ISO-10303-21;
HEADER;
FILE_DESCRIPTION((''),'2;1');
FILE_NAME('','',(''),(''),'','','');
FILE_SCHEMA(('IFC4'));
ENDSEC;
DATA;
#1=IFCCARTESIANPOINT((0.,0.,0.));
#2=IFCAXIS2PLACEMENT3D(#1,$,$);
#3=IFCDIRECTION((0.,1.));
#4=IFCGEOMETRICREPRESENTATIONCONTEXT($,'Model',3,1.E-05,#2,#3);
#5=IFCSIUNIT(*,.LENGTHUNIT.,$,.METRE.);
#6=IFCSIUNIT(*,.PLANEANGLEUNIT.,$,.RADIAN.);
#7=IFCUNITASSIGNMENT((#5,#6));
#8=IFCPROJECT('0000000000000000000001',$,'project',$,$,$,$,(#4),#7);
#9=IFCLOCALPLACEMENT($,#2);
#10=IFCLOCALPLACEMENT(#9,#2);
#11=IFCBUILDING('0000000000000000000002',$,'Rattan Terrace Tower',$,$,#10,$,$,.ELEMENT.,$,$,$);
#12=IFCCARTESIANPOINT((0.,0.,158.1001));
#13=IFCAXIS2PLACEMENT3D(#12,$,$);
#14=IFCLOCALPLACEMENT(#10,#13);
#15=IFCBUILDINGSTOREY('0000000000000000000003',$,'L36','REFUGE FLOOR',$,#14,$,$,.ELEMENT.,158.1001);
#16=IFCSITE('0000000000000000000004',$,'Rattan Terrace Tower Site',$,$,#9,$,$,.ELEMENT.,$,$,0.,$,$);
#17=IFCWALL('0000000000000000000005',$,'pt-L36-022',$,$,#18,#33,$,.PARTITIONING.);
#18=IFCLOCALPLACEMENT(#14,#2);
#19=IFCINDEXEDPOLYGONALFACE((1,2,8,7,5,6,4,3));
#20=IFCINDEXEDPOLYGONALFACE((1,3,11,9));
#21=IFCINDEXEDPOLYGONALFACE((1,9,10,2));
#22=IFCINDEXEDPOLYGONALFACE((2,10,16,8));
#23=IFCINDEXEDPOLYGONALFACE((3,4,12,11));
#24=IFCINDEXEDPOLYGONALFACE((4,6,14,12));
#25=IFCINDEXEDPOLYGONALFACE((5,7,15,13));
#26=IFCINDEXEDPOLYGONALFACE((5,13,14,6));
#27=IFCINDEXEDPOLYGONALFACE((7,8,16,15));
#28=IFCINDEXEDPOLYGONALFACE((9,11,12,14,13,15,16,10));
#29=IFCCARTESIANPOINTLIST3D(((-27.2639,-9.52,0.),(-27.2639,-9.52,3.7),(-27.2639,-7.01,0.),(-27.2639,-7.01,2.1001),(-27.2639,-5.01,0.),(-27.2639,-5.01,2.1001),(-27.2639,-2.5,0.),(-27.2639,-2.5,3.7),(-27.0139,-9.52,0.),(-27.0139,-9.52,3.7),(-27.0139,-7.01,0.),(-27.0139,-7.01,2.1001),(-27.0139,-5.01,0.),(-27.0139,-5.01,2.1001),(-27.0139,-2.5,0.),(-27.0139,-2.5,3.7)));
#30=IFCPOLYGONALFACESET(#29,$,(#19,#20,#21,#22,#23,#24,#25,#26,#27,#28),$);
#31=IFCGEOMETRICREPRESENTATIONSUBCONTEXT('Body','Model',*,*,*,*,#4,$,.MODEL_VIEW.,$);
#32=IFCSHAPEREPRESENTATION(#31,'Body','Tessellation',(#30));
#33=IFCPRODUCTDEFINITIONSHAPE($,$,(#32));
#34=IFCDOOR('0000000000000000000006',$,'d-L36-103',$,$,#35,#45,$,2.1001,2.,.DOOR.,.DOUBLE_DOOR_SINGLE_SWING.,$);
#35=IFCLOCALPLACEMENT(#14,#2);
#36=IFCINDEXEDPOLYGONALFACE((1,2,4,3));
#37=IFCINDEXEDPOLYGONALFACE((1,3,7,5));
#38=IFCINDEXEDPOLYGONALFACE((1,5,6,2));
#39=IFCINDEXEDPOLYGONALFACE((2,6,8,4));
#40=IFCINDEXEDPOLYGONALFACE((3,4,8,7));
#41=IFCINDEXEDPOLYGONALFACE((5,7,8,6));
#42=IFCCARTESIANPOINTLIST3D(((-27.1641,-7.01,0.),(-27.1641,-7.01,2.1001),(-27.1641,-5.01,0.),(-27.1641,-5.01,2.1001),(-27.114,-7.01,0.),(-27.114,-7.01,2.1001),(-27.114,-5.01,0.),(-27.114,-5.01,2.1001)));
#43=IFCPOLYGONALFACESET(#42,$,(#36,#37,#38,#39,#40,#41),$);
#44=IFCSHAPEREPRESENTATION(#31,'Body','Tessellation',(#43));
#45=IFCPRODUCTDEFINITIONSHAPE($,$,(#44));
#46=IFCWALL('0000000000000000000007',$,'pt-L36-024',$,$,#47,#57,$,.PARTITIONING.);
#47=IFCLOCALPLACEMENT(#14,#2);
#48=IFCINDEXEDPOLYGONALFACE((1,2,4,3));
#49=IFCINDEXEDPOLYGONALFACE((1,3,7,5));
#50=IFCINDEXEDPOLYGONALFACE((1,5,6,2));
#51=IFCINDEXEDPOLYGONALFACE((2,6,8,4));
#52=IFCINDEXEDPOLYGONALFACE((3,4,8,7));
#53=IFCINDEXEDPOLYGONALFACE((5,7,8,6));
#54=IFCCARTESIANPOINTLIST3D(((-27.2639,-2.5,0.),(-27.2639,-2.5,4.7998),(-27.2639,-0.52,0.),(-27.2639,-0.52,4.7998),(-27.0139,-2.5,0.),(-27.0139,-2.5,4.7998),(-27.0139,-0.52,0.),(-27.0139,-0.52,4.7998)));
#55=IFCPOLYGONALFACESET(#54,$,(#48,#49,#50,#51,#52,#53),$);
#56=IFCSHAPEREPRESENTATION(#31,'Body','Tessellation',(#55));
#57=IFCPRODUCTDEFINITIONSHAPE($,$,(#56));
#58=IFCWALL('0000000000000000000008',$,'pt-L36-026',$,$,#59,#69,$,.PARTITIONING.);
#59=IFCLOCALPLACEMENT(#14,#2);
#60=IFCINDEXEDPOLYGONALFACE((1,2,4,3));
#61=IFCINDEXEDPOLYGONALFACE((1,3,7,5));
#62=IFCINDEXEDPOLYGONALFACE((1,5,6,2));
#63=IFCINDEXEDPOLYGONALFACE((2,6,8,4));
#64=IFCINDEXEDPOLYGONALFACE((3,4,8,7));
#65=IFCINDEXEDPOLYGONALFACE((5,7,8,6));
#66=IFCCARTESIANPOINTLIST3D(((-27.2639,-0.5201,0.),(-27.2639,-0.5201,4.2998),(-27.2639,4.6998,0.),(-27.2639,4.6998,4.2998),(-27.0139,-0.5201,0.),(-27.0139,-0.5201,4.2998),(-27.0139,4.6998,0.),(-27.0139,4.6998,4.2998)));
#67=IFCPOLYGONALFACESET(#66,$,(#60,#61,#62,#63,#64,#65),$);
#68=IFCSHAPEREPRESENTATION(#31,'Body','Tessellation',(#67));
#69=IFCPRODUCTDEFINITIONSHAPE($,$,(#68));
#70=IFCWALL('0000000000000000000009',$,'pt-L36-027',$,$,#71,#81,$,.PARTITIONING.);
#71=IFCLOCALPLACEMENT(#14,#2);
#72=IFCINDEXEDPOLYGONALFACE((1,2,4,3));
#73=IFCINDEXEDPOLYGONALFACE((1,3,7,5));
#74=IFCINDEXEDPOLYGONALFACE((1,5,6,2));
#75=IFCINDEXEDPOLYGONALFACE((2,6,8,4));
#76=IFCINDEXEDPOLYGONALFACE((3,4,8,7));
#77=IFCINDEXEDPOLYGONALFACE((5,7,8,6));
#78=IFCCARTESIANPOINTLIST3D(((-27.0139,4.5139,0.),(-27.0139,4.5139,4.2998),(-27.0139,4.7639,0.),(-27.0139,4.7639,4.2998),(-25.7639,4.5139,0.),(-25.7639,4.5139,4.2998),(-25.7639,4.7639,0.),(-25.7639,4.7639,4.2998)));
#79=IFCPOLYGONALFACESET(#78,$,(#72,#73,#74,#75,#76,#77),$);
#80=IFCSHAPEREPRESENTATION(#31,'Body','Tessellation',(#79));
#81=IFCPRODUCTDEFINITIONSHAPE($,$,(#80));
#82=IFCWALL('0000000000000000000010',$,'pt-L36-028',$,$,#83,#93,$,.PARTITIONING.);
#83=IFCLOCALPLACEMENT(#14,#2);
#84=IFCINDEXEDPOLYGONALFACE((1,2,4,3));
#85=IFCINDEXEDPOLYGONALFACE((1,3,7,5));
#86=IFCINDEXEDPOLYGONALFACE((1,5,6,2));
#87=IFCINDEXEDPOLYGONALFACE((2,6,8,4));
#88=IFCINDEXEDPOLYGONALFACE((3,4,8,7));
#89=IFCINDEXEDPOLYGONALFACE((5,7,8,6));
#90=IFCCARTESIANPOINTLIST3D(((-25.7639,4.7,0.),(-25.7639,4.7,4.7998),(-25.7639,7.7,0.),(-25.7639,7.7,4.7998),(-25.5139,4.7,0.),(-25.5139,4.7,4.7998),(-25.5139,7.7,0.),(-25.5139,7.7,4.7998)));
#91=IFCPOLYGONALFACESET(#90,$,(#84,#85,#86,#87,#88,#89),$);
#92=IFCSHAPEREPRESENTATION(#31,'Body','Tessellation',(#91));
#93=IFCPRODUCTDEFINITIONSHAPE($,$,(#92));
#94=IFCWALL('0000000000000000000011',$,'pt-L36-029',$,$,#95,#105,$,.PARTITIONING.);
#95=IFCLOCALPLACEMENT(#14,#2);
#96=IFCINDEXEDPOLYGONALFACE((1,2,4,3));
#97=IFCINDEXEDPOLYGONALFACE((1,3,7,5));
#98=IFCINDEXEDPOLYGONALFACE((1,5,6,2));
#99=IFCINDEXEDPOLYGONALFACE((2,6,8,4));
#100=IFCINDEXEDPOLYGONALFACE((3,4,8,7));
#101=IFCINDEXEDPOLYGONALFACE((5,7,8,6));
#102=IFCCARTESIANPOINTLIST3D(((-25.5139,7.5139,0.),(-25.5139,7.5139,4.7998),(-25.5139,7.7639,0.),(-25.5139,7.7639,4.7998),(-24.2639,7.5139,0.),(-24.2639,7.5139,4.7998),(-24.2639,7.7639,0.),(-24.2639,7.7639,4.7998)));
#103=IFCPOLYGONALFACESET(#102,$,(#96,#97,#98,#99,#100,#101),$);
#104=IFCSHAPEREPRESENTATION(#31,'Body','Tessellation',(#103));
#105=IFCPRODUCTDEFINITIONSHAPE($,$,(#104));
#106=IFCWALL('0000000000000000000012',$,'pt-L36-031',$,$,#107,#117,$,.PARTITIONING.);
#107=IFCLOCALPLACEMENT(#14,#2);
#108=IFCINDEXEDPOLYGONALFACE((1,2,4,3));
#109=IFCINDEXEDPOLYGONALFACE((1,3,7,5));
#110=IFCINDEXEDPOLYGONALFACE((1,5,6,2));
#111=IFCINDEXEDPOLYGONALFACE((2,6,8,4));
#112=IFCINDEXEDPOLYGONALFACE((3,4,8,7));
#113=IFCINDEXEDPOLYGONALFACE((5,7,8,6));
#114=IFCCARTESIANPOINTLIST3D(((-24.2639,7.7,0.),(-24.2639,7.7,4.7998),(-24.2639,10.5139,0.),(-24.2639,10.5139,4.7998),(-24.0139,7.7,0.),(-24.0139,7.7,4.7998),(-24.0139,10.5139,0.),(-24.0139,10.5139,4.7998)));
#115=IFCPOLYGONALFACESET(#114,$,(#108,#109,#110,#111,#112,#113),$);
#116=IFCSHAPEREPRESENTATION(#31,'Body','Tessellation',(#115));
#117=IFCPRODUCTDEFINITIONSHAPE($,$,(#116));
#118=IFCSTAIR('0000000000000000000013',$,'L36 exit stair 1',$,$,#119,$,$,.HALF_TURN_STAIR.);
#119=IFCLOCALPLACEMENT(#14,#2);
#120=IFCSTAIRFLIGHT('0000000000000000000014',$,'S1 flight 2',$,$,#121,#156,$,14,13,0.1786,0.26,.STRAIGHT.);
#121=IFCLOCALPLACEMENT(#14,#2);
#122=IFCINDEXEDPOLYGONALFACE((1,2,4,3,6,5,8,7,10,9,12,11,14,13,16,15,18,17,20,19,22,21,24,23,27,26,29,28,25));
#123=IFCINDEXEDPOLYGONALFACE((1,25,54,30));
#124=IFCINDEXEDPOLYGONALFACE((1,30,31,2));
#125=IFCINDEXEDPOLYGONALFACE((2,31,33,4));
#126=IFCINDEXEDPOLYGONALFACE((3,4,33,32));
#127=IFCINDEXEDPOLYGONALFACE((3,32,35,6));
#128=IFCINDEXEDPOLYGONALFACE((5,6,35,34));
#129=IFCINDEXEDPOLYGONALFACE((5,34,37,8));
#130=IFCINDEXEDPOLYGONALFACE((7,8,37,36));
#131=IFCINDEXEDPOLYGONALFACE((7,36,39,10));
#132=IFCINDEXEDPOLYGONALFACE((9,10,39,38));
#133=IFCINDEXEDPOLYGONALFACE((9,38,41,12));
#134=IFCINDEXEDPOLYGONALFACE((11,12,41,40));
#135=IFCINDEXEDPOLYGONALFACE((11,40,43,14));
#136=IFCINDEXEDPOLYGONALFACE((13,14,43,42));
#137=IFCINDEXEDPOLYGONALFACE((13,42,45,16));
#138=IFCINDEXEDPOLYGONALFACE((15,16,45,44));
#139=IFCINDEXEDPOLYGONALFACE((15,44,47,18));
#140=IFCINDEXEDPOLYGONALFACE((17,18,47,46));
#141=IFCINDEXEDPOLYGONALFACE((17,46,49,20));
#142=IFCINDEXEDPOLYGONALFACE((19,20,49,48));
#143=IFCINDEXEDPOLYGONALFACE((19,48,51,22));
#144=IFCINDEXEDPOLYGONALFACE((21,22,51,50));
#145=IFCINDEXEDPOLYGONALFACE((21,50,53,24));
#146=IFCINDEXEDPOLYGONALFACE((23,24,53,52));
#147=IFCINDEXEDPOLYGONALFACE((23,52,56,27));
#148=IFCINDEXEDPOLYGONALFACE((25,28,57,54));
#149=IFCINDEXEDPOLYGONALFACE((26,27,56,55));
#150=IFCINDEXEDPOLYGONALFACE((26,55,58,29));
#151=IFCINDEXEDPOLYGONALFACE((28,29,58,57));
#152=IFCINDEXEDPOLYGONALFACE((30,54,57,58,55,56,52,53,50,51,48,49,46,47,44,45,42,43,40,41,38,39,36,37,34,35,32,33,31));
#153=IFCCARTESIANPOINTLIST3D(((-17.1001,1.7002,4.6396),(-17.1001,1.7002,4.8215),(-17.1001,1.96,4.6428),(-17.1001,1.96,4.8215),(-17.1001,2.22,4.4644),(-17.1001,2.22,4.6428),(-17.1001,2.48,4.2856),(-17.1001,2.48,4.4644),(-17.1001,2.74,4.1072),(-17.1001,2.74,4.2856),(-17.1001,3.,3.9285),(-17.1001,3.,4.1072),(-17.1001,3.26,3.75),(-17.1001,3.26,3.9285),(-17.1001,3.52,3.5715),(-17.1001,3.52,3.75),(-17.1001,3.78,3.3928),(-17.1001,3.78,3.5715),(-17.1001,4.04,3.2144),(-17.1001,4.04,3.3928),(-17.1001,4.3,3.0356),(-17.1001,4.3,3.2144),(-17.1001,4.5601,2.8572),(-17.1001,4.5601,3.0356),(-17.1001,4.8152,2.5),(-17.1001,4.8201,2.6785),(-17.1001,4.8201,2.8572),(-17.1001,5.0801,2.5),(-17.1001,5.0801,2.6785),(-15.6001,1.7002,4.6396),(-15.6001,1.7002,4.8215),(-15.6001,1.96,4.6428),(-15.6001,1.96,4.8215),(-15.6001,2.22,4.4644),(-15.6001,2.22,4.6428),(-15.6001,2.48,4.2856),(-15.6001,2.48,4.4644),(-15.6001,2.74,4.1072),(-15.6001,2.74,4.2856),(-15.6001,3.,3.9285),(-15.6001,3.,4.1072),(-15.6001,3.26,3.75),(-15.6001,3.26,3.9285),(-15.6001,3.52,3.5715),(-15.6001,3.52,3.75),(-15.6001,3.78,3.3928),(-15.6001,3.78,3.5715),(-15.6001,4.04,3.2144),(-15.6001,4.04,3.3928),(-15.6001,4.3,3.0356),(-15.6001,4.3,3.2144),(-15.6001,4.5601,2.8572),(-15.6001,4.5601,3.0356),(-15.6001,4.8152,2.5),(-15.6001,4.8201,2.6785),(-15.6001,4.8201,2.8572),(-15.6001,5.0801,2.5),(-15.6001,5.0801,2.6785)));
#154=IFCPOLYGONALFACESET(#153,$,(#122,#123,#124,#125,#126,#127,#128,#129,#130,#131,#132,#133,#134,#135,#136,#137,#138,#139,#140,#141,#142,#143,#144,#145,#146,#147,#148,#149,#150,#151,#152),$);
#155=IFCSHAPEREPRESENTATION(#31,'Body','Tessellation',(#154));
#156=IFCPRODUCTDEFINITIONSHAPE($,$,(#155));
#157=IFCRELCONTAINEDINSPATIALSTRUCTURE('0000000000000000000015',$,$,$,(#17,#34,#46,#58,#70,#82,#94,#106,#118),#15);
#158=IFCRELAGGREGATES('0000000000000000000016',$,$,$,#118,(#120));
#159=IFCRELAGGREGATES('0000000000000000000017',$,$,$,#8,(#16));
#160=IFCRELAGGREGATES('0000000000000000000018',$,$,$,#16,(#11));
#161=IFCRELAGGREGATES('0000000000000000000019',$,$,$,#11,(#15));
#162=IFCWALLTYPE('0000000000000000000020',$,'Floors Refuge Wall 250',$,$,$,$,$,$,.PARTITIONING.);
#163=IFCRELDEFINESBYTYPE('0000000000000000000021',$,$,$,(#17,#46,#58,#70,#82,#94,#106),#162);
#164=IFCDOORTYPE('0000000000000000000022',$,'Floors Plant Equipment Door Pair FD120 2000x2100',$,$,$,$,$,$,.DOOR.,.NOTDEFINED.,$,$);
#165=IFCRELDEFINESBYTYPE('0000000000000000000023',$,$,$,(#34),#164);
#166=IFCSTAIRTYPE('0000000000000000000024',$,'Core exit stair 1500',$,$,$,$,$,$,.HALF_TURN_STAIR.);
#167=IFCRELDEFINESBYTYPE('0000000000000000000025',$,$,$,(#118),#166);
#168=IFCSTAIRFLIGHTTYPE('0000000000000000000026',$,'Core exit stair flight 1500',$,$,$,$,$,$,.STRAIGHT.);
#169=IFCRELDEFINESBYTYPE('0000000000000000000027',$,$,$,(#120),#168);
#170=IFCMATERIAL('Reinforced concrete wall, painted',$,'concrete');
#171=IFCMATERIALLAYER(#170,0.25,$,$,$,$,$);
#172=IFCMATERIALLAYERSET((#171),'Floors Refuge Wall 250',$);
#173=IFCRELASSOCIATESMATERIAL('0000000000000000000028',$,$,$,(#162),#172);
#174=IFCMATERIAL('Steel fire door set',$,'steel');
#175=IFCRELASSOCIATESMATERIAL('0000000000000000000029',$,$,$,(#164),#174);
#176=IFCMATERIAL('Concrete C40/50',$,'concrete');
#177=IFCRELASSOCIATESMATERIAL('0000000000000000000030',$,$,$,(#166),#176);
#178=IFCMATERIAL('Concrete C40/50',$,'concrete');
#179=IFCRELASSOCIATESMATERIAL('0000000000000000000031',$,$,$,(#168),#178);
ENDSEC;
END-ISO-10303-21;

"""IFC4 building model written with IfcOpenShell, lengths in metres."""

from ifc_helpers import new_model, si_unit, direction, frame, frame_2d, origin, place, context, subcontext, project, spatial, polyline, rectangle, outline, extrude, material, layer, layer_set, type_object, element, fill, aggregate, save


model = new_model("IFC4")

# Units and contexts
model_context = context("Model", 3, precision=1e-05, world=origin(), true_north=direction((0.0, 1.0)))
body_context = subcontext(model_context, "Body", "Model", "MODEL_VIEW")
ifc_project = project(units=[si_unit("LENGTHUNIT", "METRE"), si_unit("PLANEANGLEUNIT", "RADIAN")], contexts=[model_context])

# Site, building, storey
site_placement = place(None, origin())
site = spatial("IfcSite", under=ifc_project, at=site_placement, Name="Rattan Terrace Tower Site", CompositionType="ELEMENT", RefElevation=0.0)
building_placement = place(site_placement, origin())
building = spatial("IfcBuilding", under=site, at=building_placement, Name="Rattan Terrace Tower", CompositionType="ELEMENT")
storey_placement = place(building_placement, frame((0.0, 0.0, 158.1001)))
storey = spatial("IfcBuildingStorey", under=building, at=storey_placement, Name="L36", Description="REFUGE FLOOR", CompositionType="ELEMENT", Elevation=158.1001)

# Shared definitions
ifc_material_1 = material(Name="Reinforced concrete wall, painted", Category="concrete")
ifc_layer_1 = layer(ifc_material_1, 0.25)
ifc_layer_set_1 = layer_set([ifc_layer_1], Name="Floors Refuge Wall 250")
wall_type_1 = type_object("IfcWallType", Name="Floors Refuge Wall 250", PredefinedType="PARTITIONING", material=ifc_layer_set_1)
ifc_material_2 = material(Name="Steel fire door set", Category="steel")
door_type_1 = type_object("IfcDoorType", Name="Floors Plant Equipment Door Pair FD120 2000x2100", OperationType="NOTDEFINED", PredefinedType="DOOR", material=ifc_material_2)

# Wall, opening, door
wall_1_placement = place(storey_placement, frame((-27.1389, -2.5, 0.0), z_axis=(0.0, 0.0, 1.0), x_axis=(0.0, -1.0, 0.0)))
wall_1 = element("IfcWall", 1, at=wall_1_placement, inside=storey, type_object=wall_type_1, Name="pt-L36-022", PredefinedType="PARTITIONING", context=body_context, shape_type="SweptSolid", body=[
    extrude(rectangle(XDim=7.02, YDim=0.25, at=frame_2d((3.51, 0.0))), origin(), (0.0, 0.0, 1.0), 3.7),
])
opening_1_placement = place(wall_1_placement, frame((2.51, 0.0, 0.0)))
opening_1 = element("IfcOpeningElement", 2, at=opening_1_placement, cuts=wall_1, PredefinedType="OPENING", context=body_context, shape_type="SweptSolid", body=[
    extrude(rectangle(XDim=2.0, YDim=2.1001, at=frame_2d((1.0, 1.05))), frame((0.0, 0.1355, 0.0), z_axis=(0.0, -1.0, 0.0), x_axis=(1.0, 0.0, 0.0)), (0.0, 0.0, 1.0), 0.271),
])
door_1_placement = place(opening_1_placement, origin())
door_1 = element("IfcDoor", 3, at=door_1_placement, inside=storey, type_object=door_type_1, Name="d-L36-103", OperationType="DOUBLE_DOOR_SINGLE_SWING", OverallHeight=2.1001, OverallWidth=2.0, PredefinedType="DOOR", context=body_context, shape_type="SweptSolid", body=[
    extrude(rectangle(XDim=2.0, YDim=2.1001, at=frame_2d((1.0, 1.05))), frame((0.0, 0.0249, 0.0), z_axis=(0.0, -1.0, 0.0), x_axis=(1.0, 0.0, 0.0)), (0.0, 0.0, 1.0), 0.05),
])
fill(opening_1, door_1)

# Walls
wall_2_placement = place(storey_placement, frame((-27.1389, -2.5, 0.0), z_axis=(0.0, 0.0, 1.0), x_axis=(0.0, 1.0, 0.0)))
element("IfcWall", 4, at=wall_2_placement, inside=storey, type_object=wall_type_1, Name="pt-L36-024", PredefinedType="PARTITIONING", context=body_context, shape_type="SweptSolid", body=[
    extrude(rectangle(XDim=1.98, YDim=0.25, at=frame_2d((0.99, 0.0))), origin(), (0.0, 0.0, 1.0), 4.7998),
])
wall_3_placement = place(storey_placement, frame((-27.1389, -0.52, 0.0), z_axis=(0.0, 0.0, 1.0), x_axis=(0.0, 1.0, 0.0)))
element("IfcWall", 5, at=wall_3_placement, inside=storey, type_object=wall_type_1, Name="pt-L36-026", PredefinedType="PARTITIONING", context=body_context, shape_type="SweptSolid", body=[
    extrude(rectangle(XDim=5.22, YDim=0.25, at=frame_2d((2.6099, 0.0))), origin(), (0.0, 0.0, 1.0), 4.2998),
])
wall_4_placement = place(storey_placement, frame((-27.0139, 4.6389, 0.0), z_axis=(0.0, 0.0, 1.0), x_axis=(1.0, 0.0, 0.0)))
element("IfcWall", 6, at=wall_4_placement, inside=storey, type_object=wall_type_1, Name="pt-L36-027", PredefinedType="PARTITIONING", context=body_context, shape_type="SweptSolid", body=[
    extrude(rectangle(XDim=1.25, YDim=0.25, at=frame_2d((0.625, 0.0))), origin(), (0.0, 0.0, 1.0), 4.2998),
])
wall_5_placement = place(storey_placement, frame((-25.6389, 4.7, 0.0), z_axis=(0.0, 0.0, 1.0), x_axis=(0.0, 1.0, 0.0)))
element("IfcWall", 7, at=wall_5_placement, inside=storey, type_object=wall_type_1, Name="pt-L36-028", PredefinedType="PARTITIONING", context=body_context, shape_type="SweptSolid", body=[
    extrude(rectangle(XDim=3.0, YDim=0.25, at=frame_2d((1.5, 0.0))), origin(), (0.0, 0.0, 1.0), 4.7998),
])
wall_6_placement = place(storey_placement, frame((-25.5139, 7.6389, 0.0), z_axis=(0.0, 0.0, 1.0), x_axis=(1.0, 0.0, 0.0)))
element("IfcWall", 8, at=wall_6_placement, inside=storey, type_object=wall_type_1, Name="pt-L36-029", PredefinedType="PARTITIONING", context=body_context, shape_type="SweptSolid", body=[
    extrude(rectangle(XDim=1.25, YDim=0.25, at=frame_2d((0.625, 0.0))), origin(), (0.0, 0.0, 1.0), 4.7998),
])
wall_7_placement = place(storey_placement, frame((-24.1389, 7.7, 0.0), z_axis=(0.0, 0.0, 1.0), x_axis=(0.0, 1.0, 0.0)))
element("IfcWall", 9, at=wall_7_placement, inside=storey, type_object=wall_type_1, Name="pt-L36-031", PredefinedType="PARTITIONING", context=body_context, shape_type="SweptSolid", body=[
    extrude(rectangle(XDim=2.814, YDim=0.25, at=frame_2d((1.407, 0.0))), origin(), (0.0, 0.0, 1.0), 4.7998),
])

# Stair, stair flight
ifc_material_3 = material(Name="Concrete C40/50", Category="concrete")
stair_type = type_object("IfcStairType", Name="Core exit stair 1500", PredefinedType="HALF_TURN_STAIR", material=ifc_material_3)
stair_placement = place(storey_placement, origin())
stair = element("IfcStair", 10, at=stair_placement, inside=storey, type_object=stair_type, Name="L36 exit stair 1", PredefinedType="HALF_TURN_STAIR")
ifc_material_4 = material(Name="Concrete C40/50", Category="concrete")
stair_flight_type = type_object("IfcStairFlightType", Name="Core exit stair flight 1500", PredefinedType="STRAIGHT", material=ifc_material_4)
stair_flight_placement = place(storey_placement, frame((-16.3501, 5.0801, 2.5), z_axis=(0.0, 0.0, 1.0), x_axis=(0.0, -1.0, 0.0)))
stair_flight = element("IfcStairFlight", 11, at=stair_flight_placement, type_object=stair_flight_type, Name="S1 flight 2", NumberOfRisers=14, NumberOfTreads=13, PredefinedType="STRAIGHT", RiserHeight=0.1786, TreadLength=0.26, context=body_context, shape_type="SweptSolid", body=[
    extrude(outline(polyline([(0.0, 0.0), (0.0, 0.1785), (0.26, 0.1785), (0.26, 0.3572), (0.52, 0.3572), (0.52, 0.5356), (0.78, 0.5356), (0.78, 0.7144), (1.04, 0.7144), (1.04, 0.8928), (1.3, 0.8928), (1.3, 1.0715), (1.5601, 1.0715), (1.5601, 1.25), (1.8201, 1.25), (1.8201, 1.4285), (2.0801, 1.4285), (2.0801, 1.6072), (2.3401, 1.6072), (2.3401, 1.7856), (2.6001, 1.7856), (2.6001, 1.9644), (2.8601, 1.9644), (2.8601, 2.1428), (3.1201, 2.1428), (3.1201, 2.3215), (3.3799, 2.3215), (3.3799, 2.5), (3.3799, 2.1396), (0.2649, 0.0), (0.0, 0.0)])), frame((0.0, 0.75, 0.0), z_axis=(0.0, -1.0, 0.0), x_axis=(1.0, 0.0, 0.0)), (0.0, 0.0, 1.0), 1.5),
])
aggregate(stair, [stair_flight])

save(model, "model.ifc")
